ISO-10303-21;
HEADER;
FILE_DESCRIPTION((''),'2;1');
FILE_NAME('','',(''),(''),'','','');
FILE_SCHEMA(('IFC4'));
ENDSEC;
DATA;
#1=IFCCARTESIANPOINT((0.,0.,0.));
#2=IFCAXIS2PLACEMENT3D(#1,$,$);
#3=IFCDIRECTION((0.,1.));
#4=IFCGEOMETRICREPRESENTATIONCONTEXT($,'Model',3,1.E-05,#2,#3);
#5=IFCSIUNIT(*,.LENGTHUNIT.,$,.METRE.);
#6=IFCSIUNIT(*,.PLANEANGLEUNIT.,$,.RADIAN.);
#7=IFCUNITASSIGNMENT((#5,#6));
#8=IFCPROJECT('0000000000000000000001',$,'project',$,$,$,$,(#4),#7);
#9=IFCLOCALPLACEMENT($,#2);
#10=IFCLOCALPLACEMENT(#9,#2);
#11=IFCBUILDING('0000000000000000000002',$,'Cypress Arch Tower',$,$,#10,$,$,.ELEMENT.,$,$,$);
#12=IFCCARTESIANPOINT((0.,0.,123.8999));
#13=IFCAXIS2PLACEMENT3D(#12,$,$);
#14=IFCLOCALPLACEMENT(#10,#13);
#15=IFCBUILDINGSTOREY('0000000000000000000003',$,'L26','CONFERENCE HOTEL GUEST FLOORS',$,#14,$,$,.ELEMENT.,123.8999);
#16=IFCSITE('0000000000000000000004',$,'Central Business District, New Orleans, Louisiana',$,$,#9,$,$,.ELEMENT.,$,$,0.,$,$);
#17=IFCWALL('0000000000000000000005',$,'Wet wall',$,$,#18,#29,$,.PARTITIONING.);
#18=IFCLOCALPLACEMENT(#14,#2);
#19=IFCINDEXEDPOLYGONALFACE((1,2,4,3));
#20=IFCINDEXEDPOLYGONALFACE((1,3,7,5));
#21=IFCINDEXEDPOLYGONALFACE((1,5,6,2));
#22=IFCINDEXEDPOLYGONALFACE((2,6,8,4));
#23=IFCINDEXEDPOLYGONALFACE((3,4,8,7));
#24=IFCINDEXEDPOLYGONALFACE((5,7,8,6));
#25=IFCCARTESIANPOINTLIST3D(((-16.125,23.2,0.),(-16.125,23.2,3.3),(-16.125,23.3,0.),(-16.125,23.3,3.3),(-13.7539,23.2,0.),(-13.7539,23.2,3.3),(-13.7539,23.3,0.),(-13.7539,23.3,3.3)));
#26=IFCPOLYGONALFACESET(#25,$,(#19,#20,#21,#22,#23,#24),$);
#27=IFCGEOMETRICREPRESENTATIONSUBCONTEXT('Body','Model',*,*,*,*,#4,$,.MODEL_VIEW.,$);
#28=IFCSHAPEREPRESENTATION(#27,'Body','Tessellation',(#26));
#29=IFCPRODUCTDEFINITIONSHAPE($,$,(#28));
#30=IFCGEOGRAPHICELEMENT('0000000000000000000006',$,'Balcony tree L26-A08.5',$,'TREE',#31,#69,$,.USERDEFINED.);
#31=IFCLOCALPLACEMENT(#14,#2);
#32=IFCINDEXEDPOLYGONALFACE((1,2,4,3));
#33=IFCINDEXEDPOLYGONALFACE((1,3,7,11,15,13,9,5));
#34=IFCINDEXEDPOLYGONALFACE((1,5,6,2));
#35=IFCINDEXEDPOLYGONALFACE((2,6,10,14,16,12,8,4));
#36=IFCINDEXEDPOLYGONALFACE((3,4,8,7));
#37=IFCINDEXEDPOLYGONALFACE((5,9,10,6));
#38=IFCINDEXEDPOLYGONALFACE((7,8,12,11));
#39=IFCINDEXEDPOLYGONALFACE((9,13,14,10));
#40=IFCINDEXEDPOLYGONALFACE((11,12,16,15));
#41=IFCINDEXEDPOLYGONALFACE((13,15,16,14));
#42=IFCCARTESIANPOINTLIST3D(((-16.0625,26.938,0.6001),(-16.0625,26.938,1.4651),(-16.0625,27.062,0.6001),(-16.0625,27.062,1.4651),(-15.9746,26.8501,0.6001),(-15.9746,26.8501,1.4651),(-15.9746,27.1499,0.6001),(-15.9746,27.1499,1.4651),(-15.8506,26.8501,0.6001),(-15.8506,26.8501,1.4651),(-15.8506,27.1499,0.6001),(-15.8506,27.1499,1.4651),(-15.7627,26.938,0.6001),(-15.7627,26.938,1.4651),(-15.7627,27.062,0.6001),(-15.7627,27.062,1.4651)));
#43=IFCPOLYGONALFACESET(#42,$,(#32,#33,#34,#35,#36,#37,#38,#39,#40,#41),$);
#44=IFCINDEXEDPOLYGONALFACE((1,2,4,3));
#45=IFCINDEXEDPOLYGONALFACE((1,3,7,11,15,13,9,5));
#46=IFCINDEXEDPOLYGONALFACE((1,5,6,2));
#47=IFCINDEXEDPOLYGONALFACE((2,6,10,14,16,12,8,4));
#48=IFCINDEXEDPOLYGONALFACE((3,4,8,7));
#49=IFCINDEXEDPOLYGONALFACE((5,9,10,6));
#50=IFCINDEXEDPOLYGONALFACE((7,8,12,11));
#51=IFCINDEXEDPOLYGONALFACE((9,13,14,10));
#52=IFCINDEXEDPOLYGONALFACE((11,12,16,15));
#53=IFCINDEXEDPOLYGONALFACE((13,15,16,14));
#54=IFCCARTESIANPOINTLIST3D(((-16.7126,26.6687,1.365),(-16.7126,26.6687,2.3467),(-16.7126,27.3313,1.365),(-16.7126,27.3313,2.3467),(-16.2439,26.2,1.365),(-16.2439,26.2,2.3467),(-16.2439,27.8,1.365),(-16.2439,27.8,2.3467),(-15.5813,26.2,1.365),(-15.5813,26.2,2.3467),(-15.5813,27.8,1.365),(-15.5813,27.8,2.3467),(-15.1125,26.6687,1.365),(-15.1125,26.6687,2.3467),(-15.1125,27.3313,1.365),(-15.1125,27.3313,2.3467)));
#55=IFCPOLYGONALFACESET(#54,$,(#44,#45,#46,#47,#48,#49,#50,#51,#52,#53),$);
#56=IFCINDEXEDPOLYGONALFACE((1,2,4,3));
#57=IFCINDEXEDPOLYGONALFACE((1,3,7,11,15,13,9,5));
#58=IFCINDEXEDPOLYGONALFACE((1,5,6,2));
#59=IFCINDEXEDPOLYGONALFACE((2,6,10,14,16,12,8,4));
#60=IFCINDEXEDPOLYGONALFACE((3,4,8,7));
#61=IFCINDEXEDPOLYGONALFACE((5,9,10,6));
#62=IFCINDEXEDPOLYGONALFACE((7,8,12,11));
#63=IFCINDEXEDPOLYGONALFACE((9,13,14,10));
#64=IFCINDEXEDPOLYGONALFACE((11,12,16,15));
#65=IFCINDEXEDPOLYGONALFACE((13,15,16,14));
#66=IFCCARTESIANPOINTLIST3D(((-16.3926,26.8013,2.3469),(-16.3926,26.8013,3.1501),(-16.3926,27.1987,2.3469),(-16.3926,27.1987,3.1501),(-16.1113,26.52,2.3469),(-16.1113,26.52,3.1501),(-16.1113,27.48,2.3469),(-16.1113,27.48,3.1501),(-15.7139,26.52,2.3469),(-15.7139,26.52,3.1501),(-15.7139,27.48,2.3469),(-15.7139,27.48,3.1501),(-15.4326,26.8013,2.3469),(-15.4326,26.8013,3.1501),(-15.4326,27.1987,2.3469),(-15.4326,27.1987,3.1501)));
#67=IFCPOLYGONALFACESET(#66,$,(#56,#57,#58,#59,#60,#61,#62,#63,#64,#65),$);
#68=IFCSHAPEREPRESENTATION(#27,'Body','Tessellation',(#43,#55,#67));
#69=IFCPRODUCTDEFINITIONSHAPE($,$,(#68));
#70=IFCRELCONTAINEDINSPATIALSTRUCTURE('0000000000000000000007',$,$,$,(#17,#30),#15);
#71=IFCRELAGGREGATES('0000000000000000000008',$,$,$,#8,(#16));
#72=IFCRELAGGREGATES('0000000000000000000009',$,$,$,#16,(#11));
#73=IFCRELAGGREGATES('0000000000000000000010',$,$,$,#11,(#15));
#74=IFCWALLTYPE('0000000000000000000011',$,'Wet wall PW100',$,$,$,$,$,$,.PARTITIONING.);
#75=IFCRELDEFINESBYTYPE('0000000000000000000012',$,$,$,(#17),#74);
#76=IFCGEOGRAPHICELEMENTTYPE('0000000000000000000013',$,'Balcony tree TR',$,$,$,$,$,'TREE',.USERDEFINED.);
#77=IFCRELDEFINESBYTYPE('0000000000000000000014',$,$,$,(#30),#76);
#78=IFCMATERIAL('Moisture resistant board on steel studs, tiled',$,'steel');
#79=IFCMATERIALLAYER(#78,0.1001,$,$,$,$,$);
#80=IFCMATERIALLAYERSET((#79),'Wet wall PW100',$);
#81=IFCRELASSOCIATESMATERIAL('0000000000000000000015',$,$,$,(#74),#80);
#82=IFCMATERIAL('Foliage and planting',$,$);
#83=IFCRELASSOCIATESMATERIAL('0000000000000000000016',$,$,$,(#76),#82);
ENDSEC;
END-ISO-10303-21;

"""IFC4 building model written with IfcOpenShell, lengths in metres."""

from ifc_helpers import new_model, si_unit, direction, frame, frame_2d, origin, place, context, subcontext, project, spatial, polyline, rectangle, outline, extrude, material, layer, layer_set, type_object, element, save


model = new_model("IFC4")

# Units and contexts
model_context = context("Model", 3, precision=1e-05, world=origin(), true_north=direction((0.0, 1.0)))
body_context = subcontext(model_context, "Body", "Model", "MODEL_VIEW")
ifc_project = project(units=[si_unit("LENGTHUNIT", "METRE"), si_unit("PLANEANGLEUNIT", "RADIAN")], contexts=[model_context])

# Site, building, storey
site_placement = place(None, origin())
site = spatial("IfcSite", under=ifc_project, at=site_placement, Name="Central Business District, New Orleans, Louisiana", CompositionType="ELEMENT", RefElevation=0.0)
building_placement = place(site_placement, origin())
building = spatial("IfcBuilding", under=site, at=building_placement, Name="Cypress Arch Tower", CompositionType="ELEMENT")
storey_placement = place(building_placement, frame((0.0, 0.0, 123.8999)))
storey = spatial("IfcBuildingStorey", under=building, at=storey_placement, Name="L26", Description="CONFERENCE HOTEL GUEST FLOORS", CompositionType="ELEMENT", Elevation=123.8999)

# Shared definitions
ifc_material_1 = material(Name="Moisture resistant board on steel studs, tiled", Category="steel")
ifc_layer_1 = layer(ifc_material_1, 0.1001)
ifc_layer_set_1 = layer_set([ifc_layer_1], Name="Wet wall PW100")
wall_type_1 = type_object("IfcWallType", Name="Wet wall PW100", PredefinedType="PARTITIONING", material=ifc_layer_set_1)

# Wall
wall_1_placement = place(storey_placement, frame((-16.125, 23.25, 0.0), z_axis=(0.0, 0.0, 1.0), x_axis=(1.0, 0.0, 0.0)))
element("IfcWall", 1, at=wall_1_placement, inside=storey, type_object=wall_type_1, Name="Wet wall", PredefinedType="PARTITIONING", context=body_context, shape_type="SweptSolid", body=[
    extrude(rectangle(XDim=2.3711, YDim=0.1001, at=frame_2d((1.1855, 0.0))), origin(), (0.0, 0.0, 1.0), 3.3),
])

# Geographic element
ifc_material_2 = material(Name="Foliage and planting")
geographic_element_type = type_object("IfcGeographicElementType", Name="Balcony tree TR", ElementType="TREE", PredefinedType="USERDEFINED", material=ifc_material_2)
geographic_element_placement = place(storey_placement, frame((-15.9126, 27.0, 0.6001), z_axis=(0.0, 0.0, 1.0), x_axis=(1.0, 0.0, 0.0)))
element("IfcGeographicElement", 2, at=geographic_element_placement, inside=storey, type_object=geographic_element_type, Name="Balcony tree L26-A08.5", ObjectType="TREE", PredefinedType="USERDEFINED", context=body_context, shape_type="SweptSolid", body=[
    extrude(outline(polyline([(0.1499, 0.062), (0.062, 0.1499), (-0.062, 0.1499), (-0.1499, 0.062), (-0.1499, -0.062), (-0.062, -0.1499), (0.062, -0.1499), (0.1499, -0.062), (0.1499, 0.062)])), origin(), (0.0, 0.0, 1.0), 0.865),
    extrude(outline(polyline([(0.8, 0.3313), (0.3313, 0.8), (-0.3313, 0.8), (-0.8, 0.3313), (-0.8, -0.3313), (-0.3313, -0.8), (0.3313, -0.8), (0.8, -0.3313), (0.8, 0.3313)])), frame((0.0, 0.0, 0.7649)), (0.0, 0.0, 1.0), 0.9817),
    extrude(outline(polyline([(0.48, 0.1987), (0.1987, 0.48), (-0.1987, 0.48), (-0.48, 0.1987), (-0.48, -0.1987), (-0.1987, -0.48), (0.1987, -0.48), (0.48, -0.1987), (0.48, 0.1987)])), frame((0.0, 0.0, 1.7468)), (0.0, 0.0, 1.0), 0.8032),
])

save(model, "model.ifc")
